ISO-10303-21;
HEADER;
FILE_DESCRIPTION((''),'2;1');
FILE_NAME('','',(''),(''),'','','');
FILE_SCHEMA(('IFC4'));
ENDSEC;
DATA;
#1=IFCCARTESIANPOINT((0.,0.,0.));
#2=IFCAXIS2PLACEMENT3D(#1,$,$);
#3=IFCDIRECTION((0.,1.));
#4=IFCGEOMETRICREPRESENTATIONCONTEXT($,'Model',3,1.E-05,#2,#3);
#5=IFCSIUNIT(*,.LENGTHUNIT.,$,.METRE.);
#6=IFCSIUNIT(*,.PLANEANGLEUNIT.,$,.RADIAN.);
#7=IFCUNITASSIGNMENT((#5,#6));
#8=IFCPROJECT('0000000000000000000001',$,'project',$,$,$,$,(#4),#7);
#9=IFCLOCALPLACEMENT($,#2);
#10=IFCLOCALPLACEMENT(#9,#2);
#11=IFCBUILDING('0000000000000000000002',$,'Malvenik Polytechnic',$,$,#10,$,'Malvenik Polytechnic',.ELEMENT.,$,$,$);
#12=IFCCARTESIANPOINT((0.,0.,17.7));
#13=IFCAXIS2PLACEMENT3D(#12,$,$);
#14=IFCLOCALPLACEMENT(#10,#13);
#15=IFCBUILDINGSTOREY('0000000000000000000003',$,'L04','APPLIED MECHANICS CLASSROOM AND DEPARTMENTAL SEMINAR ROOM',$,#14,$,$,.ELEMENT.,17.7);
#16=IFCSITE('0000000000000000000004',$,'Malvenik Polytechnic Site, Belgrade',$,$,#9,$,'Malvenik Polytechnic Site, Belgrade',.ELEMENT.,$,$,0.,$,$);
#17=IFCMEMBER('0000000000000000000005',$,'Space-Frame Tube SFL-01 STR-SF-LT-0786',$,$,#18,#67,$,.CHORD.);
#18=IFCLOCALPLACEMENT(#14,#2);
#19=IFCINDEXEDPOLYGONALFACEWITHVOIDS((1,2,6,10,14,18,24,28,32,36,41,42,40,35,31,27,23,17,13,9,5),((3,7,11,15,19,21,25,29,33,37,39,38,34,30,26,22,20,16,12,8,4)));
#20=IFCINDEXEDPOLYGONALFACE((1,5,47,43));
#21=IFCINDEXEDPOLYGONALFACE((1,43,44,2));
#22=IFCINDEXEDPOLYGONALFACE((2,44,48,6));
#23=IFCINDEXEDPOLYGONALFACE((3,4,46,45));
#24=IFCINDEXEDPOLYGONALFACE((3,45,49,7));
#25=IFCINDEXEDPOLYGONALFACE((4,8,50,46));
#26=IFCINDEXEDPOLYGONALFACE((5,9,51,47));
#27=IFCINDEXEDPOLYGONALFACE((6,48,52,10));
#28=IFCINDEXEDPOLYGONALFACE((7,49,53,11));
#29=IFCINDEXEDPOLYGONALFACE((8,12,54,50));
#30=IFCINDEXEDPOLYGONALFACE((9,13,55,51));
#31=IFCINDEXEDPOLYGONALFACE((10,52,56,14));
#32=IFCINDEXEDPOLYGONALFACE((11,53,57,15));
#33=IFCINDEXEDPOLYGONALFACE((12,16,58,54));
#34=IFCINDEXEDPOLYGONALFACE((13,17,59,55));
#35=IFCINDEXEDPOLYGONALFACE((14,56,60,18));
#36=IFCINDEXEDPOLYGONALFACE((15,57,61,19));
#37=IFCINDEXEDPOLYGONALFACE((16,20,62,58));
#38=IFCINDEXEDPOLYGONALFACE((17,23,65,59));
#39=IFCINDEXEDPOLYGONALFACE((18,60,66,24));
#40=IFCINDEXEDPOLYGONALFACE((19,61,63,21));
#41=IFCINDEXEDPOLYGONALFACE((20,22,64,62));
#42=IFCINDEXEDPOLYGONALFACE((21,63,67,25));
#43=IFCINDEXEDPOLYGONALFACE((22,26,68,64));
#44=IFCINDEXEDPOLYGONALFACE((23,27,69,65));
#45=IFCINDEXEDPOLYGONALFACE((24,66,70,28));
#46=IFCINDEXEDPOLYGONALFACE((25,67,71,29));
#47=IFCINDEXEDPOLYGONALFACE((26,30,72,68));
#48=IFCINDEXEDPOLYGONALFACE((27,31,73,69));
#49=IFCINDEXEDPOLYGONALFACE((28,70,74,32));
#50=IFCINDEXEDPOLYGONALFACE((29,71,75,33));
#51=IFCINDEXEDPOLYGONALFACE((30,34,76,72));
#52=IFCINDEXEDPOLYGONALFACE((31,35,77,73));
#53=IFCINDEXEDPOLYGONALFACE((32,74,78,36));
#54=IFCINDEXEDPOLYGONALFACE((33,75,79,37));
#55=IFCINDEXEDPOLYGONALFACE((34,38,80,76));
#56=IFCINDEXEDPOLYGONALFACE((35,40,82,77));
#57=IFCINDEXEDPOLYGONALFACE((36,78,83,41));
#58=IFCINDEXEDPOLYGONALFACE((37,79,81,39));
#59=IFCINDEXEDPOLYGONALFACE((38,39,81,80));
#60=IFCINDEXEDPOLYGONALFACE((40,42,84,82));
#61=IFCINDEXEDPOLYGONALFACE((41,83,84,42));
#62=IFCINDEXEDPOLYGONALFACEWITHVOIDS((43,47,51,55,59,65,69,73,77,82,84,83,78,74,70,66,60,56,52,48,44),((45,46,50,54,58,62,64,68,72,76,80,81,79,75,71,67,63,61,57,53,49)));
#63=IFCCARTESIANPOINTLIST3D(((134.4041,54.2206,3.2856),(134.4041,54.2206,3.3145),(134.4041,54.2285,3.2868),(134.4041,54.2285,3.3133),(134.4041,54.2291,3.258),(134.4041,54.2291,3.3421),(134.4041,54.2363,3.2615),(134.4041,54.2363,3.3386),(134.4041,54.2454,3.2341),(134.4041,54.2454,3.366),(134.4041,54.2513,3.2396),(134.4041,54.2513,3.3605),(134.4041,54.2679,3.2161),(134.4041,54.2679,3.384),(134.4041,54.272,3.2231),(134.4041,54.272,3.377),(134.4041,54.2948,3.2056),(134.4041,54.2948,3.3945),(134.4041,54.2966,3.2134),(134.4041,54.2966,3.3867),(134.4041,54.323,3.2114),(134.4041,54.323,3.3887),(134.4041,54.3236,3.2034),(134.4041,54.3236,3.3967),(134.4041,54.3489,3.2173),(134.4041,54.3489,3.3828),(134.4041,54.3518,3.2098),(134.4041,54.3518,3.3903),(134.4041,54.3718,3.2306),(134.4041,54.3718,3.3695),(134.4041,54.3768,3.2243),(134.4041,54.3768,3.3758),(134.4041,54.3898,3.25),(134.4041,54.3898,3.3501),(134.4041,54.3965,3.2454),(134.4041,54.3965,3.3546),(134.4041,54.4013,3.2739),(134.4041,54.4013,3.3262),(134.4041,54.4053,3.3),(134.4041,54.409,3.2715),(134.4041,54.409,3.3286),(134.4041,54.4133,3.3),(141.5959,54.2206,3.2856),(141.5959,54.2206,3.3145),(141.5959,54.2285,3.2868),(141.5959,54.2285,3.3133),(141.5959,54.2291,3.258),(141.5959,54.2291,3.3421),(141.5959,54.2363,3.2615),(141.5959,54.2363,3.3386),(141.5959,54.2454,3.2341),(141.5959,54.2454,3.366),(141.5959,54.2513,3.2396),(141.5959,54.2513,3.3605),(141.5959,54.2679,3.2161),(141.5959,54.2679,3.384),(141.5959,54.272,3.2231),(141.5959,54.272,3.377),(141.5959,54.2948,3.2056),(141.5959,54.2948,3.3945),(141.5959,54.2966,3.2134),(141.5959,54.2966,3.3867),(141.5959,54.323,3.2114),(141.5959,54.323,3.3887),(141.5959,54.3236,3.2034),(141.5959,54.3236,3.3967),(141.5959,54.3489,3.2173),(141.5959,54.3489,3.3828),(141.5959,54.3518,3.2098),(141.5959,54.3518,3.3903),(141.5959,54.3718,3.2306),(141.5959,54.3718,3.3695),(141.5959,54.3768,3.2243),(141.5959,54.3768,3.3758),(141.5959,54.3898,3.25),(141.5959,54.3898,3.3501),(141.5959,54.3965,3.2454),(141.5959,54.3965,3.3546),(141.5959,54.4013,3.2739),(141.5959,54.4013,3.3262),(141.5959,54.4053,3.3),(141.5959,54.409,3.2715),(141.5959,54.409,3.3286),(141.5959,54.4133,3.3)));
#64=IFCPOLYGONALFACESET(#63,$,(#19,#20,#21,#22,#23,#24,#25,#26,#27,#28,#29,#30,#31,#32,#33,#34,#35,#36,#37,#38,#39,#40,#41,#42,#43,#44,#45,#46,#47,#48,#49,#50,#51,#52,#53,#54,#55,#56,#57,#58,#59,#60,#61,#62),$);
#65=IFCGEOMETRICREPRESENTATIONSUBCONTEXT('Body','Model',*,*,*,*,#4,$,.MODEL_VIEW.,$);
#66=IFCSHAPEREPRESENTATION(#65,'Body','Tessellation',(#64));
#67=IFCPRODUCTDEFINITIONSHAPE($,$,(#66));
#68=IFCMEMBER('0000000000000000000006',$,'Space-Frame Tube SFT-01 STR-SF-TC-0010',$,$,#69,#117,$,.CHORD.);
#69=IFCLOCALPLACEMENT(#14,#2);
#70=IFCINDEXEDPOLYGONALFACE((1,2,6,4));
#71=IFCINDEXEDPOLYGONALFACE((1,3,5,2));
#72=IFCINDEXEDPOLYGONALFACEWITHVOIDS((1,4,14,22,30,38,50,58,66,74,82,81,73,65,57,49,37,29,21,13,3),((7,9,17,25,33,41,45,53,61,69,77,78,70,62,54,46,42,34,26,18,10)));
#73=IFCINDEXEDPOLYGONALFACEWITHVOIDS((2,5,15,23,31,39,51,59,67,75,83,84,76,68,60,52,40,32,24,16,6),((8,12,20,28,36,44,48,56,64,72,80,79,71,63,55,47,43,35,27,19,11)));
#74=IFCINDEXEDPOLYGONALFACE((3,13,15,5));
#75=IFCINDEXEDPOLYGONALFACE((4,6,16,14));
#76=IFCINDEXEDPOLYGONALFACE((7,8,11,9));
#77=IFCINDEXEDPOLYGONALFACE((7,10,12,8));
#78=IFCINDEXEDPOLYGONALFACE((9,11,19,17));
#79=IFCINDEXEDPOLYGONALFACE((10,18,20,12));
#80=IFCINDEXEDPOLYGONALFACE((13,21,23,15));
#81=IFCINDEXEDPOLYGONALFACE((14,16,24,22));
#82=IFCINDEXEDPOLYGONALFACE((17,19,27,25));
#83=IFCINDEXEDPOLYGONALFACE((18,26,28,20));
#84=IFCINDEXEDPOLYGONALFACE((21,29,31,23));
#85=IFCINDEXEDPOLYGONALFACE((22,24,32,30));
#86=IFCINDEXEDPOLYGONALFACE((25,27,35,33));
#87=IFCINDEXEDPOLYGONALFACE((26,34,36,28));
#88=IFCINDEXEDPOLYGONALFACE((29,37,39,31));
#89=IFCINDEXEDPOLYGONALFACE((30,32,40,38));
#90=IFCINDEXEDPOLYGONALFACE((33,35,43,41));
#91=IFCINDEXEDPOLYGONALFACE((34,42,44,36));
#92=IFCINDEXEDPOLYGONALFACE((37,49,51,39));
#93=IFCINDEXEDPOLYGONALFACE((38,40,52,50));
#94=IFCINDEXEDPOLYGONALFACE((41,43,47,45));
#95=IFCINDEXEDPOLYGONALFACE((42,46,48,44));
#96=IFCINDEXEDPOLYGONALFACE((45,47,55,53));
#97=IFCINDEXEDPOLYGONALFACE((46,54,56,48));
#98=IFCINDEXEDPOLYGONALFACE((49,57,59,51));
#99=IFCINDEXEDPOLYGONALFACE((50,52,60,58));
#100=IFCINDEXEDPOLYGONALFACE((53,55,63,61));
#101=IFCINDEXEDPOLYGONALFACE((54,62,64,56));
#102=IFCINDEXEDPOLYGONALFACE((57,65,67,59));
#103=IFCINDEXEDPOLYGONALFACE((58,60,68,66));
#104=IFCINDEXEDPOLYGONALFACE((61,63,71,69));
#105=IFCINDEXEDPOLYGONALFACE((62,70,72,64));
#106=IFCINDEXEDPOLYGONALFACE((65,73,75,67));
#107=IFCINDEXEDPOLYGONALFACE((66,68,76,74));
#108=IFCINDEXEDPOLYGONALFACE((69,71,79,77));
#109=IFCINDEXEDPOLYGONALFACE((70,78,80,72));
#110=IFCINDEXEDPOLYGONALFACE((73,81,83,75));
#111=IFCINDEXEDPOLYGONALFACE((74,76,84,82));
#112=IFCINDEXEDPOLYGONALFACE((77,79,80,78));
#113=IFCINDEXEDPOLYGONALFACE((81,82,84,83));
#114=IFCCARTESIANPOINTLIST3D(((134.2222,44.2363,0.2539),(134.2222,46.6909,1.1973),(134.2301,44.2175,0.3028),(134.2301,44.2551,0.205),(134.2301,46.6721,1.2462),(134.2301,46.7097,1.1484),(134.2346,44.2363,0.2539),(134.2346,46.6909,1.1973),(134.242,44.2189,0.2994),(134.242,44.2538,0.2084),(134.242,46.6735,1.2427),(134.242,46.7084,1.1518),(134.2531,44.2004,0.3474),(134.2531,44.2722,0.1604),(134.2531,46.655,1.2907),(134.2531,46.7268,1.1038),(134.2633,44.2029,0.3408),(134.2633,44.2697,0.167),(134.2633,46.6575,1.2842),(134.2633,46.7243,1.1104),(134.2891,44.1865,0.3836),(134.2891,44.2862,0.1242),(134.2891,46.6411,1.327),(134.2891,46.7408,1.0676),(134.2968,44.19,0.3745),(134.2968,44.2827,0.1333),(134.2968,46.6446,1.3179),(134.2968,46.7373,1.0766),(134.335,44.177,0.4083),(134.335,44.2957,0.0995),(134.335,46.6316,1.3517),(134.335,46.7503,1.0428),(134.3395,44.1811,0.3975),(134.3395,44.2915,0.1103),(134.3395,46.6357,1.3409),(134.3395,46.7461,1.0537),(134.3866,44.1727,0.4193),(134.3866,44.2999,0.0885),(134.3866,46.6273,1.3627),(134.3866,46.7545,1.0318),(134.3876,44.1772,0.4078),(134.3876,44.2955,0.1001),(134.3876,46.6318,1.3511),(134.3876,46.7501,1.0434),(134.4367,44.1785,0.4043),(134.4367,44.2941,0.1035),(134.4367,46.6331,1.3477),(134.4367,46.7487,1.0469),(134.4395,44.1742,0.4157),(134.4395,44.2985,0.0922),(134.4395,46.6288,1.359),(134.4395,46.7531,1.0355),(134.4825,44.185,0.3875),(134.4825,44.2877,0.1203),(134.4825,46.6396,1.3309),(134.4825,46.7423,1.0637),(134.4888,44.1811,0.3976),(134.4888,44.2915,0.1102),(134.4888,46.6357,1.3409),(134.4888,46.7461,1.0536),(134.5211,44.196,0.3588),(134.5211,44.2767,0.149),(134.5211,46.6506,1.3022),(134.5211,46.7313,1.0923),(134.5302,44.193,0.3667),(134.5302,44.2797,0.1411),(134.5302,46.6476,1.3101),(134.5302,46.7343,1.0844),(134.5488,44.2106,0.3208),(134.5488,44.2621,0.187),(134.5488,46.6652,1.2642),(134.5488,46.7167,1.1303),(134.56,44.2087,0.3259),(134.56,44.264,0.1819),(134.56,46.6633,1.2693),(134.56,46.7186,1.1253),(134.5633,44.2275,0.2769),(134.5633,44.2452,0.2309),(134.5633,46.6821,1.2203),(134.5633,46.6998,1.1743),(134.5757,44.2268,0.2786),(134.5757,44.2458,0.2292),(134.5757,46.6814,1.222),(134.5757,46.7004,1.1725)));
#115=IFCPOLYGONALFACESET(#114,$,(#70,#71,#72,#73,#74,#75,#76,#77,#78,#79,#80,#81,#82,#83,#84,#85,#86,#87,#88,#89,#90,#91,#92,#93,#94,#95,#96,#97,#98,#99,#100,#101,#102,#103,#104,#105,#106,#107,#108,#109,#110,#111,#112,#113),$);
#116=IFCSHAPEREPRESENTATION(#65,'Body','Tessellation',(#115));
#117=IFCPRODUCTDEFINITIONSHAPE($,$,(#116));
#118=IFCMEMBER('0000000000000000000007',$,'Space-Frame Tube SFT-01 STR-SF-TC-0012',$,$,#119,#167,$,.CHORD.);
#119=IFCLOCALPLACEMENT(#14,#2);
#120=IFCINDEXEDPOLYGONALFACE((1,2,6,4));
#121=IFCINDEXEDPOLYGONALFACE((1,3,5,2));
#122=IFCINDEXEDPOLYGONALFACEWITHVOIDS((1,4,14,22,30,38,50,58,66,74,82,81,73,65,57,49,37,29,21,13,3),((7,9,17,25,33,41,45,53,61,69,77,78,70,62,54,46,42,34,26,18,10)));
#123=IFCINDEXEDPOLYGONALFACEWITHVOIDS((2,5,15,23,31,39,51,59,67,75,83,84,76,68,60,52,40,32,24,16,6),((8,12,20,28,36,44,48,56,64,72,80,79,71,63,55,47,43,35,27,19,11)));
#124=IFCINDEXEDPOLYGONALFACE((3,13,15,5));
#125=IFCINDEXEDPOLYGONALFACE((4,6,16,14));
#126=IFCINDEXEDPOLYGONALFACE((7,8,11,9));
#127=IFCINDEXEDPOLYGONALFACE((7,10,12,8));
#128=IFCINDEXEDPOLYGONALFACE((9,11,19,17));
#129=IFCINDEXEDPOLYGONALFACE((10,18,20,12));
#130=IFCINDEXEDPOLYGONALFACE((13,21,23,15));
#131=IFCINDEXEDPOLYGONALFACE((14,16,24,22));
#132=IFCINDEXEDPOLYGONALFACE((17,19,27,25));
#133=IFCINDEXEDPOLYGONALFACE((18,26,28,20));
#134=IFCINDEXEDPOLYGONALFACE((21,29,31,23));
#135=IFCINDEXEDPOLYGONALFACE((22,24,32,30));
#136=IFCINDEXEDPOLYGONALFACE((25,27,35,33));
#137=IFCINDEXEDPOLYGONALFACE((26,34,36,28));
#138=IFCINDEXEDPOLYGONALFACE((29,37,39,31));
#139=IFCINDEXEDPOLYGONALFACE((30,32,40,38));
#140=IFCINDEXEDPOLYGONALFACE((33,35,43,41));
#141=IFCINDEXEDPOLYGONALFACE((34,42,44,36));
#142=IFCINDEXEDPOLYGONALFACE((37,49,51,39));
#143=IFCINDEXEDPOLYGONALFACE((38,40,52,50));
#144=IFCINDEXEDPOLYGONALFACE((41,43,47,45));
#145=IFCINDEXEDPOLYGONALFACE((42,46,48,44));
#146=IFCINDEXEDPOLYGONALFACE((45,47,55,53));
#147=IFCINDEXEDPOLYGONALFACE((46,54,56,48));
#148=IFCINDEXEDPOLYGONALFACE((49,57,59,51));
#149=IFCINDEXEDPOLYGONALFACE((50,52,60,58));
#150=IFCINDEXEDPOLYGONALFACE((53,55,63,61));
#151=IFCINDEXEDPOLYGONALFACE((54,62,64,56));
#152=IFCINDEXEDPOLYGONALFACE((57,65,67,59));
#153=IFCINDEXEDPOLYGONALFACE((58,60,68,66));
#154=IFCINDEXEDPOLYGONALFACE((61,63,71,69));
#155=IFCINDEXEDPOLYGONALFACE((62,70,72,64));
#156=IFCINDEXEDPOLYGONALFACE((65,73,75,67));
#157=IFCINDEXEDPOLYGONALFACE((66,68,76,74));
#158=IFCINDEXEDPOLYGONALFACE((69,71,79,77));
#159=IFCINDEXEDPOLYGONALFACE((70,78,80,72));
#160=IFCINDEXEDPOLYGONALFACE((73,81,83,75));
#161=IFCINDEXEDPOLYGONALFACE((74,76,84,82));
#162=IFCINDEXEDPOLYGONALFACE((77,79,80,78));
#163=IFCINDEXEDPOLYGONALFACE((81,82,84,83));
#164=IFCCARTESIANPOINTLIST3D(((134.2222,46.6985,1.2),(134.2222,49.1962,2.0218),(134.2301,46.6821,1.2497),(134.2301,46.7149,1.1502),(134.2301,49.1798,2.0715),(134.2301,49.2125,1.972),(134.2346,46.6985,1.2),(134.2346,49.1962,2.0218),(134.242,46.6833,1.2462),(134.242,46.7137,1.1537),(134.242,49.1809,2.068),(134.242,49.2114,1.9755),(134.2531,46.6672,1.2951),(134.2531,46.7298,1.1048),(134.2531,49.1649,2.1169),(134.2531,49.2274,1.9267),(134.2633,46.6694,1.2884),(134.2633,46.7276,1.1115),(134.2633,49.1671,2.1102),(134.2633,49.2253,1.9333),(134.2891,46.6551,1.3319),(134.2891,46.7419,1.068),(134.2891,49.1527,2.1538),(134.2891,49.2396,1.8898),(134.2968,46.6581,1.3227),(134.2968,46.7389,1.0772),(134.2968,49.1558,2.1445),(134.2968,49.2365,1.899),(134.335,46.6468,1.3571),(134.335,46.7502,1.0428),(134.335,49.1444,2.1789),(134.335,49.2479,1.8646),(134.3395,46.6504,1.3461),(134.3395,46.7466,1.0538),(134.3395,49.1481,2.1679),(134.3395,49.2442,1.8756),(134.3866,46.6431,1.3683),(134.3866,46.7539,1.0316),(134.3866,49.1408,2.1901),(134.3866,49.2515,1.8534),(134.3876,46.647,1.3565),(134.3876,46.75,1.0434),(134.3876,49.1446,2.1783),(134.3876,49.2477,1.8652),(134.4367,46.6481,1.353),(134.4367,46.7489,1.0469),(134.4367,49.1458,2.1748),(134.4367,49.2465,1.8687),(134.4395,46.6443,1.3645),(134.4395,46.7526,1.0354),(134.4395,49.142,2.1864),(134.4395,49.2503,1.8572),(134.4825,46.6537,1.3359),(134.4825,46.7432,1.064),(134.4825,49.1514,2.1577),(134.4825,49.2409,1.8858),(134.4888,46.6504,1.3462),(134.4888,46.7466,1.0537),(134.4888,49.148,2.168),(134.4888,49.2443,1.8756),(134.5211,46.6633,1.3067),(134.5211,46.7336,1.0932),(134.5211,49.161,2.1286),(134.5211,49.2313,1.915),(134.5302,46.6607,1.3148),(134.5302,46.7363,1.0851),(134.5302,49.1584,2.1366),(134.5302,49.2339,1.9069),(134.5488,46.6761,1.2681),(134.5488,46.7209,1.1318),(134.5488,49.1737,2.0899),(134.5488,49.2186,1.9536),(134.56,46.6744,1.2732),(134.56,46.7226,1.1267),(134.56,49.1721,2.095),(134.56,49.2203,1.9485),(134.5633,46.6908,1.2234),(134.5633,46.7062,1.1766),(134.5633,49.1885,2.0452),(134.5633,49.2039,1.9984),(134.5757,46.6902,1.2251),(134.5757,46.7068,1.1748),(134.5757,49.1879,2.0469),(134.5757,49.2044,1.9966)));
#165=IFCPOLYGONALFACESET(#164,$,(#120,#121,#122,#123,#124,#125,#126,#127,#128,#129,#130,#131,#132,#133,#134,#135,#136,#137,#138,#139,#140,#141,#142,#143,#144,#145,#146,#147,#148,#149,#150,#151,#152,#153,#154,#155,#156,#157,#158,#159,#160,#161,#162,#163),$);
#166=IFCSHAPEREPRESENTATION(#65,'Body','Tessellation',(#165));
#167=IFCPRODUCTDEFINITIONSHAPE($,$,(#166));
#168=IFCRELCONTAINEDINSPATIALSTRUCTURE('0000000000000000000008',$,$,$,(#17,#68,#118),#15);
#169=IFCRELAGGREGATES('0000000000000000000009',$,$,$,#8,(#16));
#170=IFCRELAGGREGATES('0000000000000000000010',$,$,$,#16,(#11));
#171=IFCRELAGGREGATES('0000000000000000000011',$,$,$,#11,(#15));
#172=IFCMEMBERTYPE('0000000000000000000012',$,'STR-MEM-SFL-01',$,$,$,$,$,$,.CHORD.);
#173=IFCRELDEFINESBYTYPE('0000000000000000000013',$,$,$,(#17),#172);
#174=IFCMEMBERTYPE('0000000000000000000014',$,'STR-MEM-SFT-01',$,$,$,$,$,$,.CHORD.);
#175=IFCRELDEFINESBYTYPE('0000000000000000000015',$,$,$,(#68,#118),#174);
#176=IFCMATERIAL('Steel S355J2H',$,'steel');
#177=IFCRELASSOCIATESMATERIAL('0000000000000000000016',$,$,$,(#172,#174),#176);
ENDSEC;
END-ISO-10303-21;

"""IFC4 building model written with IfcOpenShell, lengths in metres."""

from ifc_helpers import new_model, si_unit, direction, frame, origin, origin_2d, place, context, subcontext, project, spatial, hollow_circle, extrude, material, material_profile, profile_set, type_object, element, save


model = new_model("IFC4")

# Units and contexts
model_context = context("Model", 3, precision=1e-05, world=origin(), true_north=direction((0.0, 1.0)))
body_context = subcontext(model_context, "Body", "Model", "MODEL_VIEW")
ifc_project = project(units=[si_unit("LENGTHUNIT", "METRE"), si_unit("PLANEANGLEUNIT", "RADIAN")], contexts=[model_context])

# Site, building, storey
site_placement = place(None, origin())
site = spatial("IfcSite", under=ifc_project, at=site_placement, Name="Malvenik Polytechnic Site, Belgrade", LongName="Malvenik Polytechnic Site, Belgrade", CompositionType="ELEMENT", RefElevation=0.0)
building_placement = place(site_placement, origin())
building = spatial("IfcBuilding", under=site, at=building_placement, Name="Malvenik Polytechnic", LongName="Malvenik Polytechnic", CompositionType="ELEMENT")
storey_placement = place(building_placement, frame((0.0, 0.0, 17.7)))
storey = spatial("IfcBuildingStorey", under=building, at=storey_placement, Name="L04", Description="APPLIED MECHANICS CLASSROOM AND DEPARTMENTAL SEMINAR ROOM", CompositionType="ELEMENT", Elevation=17.7)

# Members
ifc_material = material(Name="Steel S355J2H", Category="steel")
ifc_material_profile_1 = material_profile(ifc_material, hollow_circle(Radius=0.0969, WallThickness=0.0081, at=origin_2d()), Name="CHS 193.7x8.0")
ifc_profile_set_1 = profile_set([ifc_material_profile_1], Name="Steel S355J2H")
member_type_1 = type_object("IfcMemberType", Name="STR-MEM-SFL-01", PredefinedType="CHORD", material=ifc_profile_set_1)
for number, where, z_axis, x_axis, name in (
    (1, (134.4041, 54.3164, 3.3), (1.0, 0.0, 0.0), (0.0, 1.0, 0.0), "Space-Frame Tube SFL-01 STR-SF-LT-0786"),
):
    element("IfcMember", number, at=place(storey_placement, frame(where, z_axis=z_axis, x_axis=x_axis)), inside=storey, type_object=member_type_1, Name=name, PredefinedType="CHORD", context=body_context, shape_type="SweptSolid", body=[
        extrude(hollow_circle(Radius=0.0969, WallThickness=0.0081, at=origin_2d()), origin(), (0.0, 0.0, 1.0), 7.1919),
    ])
ifc_material_profile_2 = material_profile(ifc_material, hollow_circle(Radius=0.1777, WallThickness=0.0125, at=origin_2d()), Name="CHS 355.6x12.5")
ifc_profile_set_2 = profile_set([ifc_material_profile_2], Name="Steel S355J2H")
member_type_2 = type_object("IfcMemberType", Name="STR-MEM-SFT-01", PredefinedType="CHORD", material=ifc_profile_set_2)
member_1_placement = place(storey_placement, frame((134.3999, 44.2363, 0.2539), z_axis=(0.0, 0.933437, 0.358743), x_axis=(-1.0, 0.0, 0.0)))
element("IfcMember", 2, at=member_1_placement, inside=storey, type_object=member_type_2, Name="Space-Frame Tube SFT-01 STR-SF-TC-0010", PredefinedType="CHORD", context=body_context, shape_type="SweptSolid", body=[
    extrude(hollow_circle(Radius=0.1777, WallThickness=0.0125, at=origin_2d()), origin(), (0.0, 0.0, 1.0), 2.6296),
])
member_2_placement = place(storey_placement, frame((134.3999, 46.6985, 1.2), z_axis=(0.0, 0.949902, 0.312548), x_axis=(-1.0, 0.0, 0.0)))
element("IfcMember", 3, at=member_2_placement, inside=storey, type_object=member_type_2, Name="Space-Frame Tube SFT-01 STR-SF-TC-0012", PredefinedType="CHORD", context=body_context, shape_type="SweptSolid", body=[
    extrude(hollow_circle(Radius=0.1777, WallThickness=0.0125, at=origin_2d()), origin(), (0.0, 0.0, 1.0), 2.6294),
])

save(model, "model.ifc")
